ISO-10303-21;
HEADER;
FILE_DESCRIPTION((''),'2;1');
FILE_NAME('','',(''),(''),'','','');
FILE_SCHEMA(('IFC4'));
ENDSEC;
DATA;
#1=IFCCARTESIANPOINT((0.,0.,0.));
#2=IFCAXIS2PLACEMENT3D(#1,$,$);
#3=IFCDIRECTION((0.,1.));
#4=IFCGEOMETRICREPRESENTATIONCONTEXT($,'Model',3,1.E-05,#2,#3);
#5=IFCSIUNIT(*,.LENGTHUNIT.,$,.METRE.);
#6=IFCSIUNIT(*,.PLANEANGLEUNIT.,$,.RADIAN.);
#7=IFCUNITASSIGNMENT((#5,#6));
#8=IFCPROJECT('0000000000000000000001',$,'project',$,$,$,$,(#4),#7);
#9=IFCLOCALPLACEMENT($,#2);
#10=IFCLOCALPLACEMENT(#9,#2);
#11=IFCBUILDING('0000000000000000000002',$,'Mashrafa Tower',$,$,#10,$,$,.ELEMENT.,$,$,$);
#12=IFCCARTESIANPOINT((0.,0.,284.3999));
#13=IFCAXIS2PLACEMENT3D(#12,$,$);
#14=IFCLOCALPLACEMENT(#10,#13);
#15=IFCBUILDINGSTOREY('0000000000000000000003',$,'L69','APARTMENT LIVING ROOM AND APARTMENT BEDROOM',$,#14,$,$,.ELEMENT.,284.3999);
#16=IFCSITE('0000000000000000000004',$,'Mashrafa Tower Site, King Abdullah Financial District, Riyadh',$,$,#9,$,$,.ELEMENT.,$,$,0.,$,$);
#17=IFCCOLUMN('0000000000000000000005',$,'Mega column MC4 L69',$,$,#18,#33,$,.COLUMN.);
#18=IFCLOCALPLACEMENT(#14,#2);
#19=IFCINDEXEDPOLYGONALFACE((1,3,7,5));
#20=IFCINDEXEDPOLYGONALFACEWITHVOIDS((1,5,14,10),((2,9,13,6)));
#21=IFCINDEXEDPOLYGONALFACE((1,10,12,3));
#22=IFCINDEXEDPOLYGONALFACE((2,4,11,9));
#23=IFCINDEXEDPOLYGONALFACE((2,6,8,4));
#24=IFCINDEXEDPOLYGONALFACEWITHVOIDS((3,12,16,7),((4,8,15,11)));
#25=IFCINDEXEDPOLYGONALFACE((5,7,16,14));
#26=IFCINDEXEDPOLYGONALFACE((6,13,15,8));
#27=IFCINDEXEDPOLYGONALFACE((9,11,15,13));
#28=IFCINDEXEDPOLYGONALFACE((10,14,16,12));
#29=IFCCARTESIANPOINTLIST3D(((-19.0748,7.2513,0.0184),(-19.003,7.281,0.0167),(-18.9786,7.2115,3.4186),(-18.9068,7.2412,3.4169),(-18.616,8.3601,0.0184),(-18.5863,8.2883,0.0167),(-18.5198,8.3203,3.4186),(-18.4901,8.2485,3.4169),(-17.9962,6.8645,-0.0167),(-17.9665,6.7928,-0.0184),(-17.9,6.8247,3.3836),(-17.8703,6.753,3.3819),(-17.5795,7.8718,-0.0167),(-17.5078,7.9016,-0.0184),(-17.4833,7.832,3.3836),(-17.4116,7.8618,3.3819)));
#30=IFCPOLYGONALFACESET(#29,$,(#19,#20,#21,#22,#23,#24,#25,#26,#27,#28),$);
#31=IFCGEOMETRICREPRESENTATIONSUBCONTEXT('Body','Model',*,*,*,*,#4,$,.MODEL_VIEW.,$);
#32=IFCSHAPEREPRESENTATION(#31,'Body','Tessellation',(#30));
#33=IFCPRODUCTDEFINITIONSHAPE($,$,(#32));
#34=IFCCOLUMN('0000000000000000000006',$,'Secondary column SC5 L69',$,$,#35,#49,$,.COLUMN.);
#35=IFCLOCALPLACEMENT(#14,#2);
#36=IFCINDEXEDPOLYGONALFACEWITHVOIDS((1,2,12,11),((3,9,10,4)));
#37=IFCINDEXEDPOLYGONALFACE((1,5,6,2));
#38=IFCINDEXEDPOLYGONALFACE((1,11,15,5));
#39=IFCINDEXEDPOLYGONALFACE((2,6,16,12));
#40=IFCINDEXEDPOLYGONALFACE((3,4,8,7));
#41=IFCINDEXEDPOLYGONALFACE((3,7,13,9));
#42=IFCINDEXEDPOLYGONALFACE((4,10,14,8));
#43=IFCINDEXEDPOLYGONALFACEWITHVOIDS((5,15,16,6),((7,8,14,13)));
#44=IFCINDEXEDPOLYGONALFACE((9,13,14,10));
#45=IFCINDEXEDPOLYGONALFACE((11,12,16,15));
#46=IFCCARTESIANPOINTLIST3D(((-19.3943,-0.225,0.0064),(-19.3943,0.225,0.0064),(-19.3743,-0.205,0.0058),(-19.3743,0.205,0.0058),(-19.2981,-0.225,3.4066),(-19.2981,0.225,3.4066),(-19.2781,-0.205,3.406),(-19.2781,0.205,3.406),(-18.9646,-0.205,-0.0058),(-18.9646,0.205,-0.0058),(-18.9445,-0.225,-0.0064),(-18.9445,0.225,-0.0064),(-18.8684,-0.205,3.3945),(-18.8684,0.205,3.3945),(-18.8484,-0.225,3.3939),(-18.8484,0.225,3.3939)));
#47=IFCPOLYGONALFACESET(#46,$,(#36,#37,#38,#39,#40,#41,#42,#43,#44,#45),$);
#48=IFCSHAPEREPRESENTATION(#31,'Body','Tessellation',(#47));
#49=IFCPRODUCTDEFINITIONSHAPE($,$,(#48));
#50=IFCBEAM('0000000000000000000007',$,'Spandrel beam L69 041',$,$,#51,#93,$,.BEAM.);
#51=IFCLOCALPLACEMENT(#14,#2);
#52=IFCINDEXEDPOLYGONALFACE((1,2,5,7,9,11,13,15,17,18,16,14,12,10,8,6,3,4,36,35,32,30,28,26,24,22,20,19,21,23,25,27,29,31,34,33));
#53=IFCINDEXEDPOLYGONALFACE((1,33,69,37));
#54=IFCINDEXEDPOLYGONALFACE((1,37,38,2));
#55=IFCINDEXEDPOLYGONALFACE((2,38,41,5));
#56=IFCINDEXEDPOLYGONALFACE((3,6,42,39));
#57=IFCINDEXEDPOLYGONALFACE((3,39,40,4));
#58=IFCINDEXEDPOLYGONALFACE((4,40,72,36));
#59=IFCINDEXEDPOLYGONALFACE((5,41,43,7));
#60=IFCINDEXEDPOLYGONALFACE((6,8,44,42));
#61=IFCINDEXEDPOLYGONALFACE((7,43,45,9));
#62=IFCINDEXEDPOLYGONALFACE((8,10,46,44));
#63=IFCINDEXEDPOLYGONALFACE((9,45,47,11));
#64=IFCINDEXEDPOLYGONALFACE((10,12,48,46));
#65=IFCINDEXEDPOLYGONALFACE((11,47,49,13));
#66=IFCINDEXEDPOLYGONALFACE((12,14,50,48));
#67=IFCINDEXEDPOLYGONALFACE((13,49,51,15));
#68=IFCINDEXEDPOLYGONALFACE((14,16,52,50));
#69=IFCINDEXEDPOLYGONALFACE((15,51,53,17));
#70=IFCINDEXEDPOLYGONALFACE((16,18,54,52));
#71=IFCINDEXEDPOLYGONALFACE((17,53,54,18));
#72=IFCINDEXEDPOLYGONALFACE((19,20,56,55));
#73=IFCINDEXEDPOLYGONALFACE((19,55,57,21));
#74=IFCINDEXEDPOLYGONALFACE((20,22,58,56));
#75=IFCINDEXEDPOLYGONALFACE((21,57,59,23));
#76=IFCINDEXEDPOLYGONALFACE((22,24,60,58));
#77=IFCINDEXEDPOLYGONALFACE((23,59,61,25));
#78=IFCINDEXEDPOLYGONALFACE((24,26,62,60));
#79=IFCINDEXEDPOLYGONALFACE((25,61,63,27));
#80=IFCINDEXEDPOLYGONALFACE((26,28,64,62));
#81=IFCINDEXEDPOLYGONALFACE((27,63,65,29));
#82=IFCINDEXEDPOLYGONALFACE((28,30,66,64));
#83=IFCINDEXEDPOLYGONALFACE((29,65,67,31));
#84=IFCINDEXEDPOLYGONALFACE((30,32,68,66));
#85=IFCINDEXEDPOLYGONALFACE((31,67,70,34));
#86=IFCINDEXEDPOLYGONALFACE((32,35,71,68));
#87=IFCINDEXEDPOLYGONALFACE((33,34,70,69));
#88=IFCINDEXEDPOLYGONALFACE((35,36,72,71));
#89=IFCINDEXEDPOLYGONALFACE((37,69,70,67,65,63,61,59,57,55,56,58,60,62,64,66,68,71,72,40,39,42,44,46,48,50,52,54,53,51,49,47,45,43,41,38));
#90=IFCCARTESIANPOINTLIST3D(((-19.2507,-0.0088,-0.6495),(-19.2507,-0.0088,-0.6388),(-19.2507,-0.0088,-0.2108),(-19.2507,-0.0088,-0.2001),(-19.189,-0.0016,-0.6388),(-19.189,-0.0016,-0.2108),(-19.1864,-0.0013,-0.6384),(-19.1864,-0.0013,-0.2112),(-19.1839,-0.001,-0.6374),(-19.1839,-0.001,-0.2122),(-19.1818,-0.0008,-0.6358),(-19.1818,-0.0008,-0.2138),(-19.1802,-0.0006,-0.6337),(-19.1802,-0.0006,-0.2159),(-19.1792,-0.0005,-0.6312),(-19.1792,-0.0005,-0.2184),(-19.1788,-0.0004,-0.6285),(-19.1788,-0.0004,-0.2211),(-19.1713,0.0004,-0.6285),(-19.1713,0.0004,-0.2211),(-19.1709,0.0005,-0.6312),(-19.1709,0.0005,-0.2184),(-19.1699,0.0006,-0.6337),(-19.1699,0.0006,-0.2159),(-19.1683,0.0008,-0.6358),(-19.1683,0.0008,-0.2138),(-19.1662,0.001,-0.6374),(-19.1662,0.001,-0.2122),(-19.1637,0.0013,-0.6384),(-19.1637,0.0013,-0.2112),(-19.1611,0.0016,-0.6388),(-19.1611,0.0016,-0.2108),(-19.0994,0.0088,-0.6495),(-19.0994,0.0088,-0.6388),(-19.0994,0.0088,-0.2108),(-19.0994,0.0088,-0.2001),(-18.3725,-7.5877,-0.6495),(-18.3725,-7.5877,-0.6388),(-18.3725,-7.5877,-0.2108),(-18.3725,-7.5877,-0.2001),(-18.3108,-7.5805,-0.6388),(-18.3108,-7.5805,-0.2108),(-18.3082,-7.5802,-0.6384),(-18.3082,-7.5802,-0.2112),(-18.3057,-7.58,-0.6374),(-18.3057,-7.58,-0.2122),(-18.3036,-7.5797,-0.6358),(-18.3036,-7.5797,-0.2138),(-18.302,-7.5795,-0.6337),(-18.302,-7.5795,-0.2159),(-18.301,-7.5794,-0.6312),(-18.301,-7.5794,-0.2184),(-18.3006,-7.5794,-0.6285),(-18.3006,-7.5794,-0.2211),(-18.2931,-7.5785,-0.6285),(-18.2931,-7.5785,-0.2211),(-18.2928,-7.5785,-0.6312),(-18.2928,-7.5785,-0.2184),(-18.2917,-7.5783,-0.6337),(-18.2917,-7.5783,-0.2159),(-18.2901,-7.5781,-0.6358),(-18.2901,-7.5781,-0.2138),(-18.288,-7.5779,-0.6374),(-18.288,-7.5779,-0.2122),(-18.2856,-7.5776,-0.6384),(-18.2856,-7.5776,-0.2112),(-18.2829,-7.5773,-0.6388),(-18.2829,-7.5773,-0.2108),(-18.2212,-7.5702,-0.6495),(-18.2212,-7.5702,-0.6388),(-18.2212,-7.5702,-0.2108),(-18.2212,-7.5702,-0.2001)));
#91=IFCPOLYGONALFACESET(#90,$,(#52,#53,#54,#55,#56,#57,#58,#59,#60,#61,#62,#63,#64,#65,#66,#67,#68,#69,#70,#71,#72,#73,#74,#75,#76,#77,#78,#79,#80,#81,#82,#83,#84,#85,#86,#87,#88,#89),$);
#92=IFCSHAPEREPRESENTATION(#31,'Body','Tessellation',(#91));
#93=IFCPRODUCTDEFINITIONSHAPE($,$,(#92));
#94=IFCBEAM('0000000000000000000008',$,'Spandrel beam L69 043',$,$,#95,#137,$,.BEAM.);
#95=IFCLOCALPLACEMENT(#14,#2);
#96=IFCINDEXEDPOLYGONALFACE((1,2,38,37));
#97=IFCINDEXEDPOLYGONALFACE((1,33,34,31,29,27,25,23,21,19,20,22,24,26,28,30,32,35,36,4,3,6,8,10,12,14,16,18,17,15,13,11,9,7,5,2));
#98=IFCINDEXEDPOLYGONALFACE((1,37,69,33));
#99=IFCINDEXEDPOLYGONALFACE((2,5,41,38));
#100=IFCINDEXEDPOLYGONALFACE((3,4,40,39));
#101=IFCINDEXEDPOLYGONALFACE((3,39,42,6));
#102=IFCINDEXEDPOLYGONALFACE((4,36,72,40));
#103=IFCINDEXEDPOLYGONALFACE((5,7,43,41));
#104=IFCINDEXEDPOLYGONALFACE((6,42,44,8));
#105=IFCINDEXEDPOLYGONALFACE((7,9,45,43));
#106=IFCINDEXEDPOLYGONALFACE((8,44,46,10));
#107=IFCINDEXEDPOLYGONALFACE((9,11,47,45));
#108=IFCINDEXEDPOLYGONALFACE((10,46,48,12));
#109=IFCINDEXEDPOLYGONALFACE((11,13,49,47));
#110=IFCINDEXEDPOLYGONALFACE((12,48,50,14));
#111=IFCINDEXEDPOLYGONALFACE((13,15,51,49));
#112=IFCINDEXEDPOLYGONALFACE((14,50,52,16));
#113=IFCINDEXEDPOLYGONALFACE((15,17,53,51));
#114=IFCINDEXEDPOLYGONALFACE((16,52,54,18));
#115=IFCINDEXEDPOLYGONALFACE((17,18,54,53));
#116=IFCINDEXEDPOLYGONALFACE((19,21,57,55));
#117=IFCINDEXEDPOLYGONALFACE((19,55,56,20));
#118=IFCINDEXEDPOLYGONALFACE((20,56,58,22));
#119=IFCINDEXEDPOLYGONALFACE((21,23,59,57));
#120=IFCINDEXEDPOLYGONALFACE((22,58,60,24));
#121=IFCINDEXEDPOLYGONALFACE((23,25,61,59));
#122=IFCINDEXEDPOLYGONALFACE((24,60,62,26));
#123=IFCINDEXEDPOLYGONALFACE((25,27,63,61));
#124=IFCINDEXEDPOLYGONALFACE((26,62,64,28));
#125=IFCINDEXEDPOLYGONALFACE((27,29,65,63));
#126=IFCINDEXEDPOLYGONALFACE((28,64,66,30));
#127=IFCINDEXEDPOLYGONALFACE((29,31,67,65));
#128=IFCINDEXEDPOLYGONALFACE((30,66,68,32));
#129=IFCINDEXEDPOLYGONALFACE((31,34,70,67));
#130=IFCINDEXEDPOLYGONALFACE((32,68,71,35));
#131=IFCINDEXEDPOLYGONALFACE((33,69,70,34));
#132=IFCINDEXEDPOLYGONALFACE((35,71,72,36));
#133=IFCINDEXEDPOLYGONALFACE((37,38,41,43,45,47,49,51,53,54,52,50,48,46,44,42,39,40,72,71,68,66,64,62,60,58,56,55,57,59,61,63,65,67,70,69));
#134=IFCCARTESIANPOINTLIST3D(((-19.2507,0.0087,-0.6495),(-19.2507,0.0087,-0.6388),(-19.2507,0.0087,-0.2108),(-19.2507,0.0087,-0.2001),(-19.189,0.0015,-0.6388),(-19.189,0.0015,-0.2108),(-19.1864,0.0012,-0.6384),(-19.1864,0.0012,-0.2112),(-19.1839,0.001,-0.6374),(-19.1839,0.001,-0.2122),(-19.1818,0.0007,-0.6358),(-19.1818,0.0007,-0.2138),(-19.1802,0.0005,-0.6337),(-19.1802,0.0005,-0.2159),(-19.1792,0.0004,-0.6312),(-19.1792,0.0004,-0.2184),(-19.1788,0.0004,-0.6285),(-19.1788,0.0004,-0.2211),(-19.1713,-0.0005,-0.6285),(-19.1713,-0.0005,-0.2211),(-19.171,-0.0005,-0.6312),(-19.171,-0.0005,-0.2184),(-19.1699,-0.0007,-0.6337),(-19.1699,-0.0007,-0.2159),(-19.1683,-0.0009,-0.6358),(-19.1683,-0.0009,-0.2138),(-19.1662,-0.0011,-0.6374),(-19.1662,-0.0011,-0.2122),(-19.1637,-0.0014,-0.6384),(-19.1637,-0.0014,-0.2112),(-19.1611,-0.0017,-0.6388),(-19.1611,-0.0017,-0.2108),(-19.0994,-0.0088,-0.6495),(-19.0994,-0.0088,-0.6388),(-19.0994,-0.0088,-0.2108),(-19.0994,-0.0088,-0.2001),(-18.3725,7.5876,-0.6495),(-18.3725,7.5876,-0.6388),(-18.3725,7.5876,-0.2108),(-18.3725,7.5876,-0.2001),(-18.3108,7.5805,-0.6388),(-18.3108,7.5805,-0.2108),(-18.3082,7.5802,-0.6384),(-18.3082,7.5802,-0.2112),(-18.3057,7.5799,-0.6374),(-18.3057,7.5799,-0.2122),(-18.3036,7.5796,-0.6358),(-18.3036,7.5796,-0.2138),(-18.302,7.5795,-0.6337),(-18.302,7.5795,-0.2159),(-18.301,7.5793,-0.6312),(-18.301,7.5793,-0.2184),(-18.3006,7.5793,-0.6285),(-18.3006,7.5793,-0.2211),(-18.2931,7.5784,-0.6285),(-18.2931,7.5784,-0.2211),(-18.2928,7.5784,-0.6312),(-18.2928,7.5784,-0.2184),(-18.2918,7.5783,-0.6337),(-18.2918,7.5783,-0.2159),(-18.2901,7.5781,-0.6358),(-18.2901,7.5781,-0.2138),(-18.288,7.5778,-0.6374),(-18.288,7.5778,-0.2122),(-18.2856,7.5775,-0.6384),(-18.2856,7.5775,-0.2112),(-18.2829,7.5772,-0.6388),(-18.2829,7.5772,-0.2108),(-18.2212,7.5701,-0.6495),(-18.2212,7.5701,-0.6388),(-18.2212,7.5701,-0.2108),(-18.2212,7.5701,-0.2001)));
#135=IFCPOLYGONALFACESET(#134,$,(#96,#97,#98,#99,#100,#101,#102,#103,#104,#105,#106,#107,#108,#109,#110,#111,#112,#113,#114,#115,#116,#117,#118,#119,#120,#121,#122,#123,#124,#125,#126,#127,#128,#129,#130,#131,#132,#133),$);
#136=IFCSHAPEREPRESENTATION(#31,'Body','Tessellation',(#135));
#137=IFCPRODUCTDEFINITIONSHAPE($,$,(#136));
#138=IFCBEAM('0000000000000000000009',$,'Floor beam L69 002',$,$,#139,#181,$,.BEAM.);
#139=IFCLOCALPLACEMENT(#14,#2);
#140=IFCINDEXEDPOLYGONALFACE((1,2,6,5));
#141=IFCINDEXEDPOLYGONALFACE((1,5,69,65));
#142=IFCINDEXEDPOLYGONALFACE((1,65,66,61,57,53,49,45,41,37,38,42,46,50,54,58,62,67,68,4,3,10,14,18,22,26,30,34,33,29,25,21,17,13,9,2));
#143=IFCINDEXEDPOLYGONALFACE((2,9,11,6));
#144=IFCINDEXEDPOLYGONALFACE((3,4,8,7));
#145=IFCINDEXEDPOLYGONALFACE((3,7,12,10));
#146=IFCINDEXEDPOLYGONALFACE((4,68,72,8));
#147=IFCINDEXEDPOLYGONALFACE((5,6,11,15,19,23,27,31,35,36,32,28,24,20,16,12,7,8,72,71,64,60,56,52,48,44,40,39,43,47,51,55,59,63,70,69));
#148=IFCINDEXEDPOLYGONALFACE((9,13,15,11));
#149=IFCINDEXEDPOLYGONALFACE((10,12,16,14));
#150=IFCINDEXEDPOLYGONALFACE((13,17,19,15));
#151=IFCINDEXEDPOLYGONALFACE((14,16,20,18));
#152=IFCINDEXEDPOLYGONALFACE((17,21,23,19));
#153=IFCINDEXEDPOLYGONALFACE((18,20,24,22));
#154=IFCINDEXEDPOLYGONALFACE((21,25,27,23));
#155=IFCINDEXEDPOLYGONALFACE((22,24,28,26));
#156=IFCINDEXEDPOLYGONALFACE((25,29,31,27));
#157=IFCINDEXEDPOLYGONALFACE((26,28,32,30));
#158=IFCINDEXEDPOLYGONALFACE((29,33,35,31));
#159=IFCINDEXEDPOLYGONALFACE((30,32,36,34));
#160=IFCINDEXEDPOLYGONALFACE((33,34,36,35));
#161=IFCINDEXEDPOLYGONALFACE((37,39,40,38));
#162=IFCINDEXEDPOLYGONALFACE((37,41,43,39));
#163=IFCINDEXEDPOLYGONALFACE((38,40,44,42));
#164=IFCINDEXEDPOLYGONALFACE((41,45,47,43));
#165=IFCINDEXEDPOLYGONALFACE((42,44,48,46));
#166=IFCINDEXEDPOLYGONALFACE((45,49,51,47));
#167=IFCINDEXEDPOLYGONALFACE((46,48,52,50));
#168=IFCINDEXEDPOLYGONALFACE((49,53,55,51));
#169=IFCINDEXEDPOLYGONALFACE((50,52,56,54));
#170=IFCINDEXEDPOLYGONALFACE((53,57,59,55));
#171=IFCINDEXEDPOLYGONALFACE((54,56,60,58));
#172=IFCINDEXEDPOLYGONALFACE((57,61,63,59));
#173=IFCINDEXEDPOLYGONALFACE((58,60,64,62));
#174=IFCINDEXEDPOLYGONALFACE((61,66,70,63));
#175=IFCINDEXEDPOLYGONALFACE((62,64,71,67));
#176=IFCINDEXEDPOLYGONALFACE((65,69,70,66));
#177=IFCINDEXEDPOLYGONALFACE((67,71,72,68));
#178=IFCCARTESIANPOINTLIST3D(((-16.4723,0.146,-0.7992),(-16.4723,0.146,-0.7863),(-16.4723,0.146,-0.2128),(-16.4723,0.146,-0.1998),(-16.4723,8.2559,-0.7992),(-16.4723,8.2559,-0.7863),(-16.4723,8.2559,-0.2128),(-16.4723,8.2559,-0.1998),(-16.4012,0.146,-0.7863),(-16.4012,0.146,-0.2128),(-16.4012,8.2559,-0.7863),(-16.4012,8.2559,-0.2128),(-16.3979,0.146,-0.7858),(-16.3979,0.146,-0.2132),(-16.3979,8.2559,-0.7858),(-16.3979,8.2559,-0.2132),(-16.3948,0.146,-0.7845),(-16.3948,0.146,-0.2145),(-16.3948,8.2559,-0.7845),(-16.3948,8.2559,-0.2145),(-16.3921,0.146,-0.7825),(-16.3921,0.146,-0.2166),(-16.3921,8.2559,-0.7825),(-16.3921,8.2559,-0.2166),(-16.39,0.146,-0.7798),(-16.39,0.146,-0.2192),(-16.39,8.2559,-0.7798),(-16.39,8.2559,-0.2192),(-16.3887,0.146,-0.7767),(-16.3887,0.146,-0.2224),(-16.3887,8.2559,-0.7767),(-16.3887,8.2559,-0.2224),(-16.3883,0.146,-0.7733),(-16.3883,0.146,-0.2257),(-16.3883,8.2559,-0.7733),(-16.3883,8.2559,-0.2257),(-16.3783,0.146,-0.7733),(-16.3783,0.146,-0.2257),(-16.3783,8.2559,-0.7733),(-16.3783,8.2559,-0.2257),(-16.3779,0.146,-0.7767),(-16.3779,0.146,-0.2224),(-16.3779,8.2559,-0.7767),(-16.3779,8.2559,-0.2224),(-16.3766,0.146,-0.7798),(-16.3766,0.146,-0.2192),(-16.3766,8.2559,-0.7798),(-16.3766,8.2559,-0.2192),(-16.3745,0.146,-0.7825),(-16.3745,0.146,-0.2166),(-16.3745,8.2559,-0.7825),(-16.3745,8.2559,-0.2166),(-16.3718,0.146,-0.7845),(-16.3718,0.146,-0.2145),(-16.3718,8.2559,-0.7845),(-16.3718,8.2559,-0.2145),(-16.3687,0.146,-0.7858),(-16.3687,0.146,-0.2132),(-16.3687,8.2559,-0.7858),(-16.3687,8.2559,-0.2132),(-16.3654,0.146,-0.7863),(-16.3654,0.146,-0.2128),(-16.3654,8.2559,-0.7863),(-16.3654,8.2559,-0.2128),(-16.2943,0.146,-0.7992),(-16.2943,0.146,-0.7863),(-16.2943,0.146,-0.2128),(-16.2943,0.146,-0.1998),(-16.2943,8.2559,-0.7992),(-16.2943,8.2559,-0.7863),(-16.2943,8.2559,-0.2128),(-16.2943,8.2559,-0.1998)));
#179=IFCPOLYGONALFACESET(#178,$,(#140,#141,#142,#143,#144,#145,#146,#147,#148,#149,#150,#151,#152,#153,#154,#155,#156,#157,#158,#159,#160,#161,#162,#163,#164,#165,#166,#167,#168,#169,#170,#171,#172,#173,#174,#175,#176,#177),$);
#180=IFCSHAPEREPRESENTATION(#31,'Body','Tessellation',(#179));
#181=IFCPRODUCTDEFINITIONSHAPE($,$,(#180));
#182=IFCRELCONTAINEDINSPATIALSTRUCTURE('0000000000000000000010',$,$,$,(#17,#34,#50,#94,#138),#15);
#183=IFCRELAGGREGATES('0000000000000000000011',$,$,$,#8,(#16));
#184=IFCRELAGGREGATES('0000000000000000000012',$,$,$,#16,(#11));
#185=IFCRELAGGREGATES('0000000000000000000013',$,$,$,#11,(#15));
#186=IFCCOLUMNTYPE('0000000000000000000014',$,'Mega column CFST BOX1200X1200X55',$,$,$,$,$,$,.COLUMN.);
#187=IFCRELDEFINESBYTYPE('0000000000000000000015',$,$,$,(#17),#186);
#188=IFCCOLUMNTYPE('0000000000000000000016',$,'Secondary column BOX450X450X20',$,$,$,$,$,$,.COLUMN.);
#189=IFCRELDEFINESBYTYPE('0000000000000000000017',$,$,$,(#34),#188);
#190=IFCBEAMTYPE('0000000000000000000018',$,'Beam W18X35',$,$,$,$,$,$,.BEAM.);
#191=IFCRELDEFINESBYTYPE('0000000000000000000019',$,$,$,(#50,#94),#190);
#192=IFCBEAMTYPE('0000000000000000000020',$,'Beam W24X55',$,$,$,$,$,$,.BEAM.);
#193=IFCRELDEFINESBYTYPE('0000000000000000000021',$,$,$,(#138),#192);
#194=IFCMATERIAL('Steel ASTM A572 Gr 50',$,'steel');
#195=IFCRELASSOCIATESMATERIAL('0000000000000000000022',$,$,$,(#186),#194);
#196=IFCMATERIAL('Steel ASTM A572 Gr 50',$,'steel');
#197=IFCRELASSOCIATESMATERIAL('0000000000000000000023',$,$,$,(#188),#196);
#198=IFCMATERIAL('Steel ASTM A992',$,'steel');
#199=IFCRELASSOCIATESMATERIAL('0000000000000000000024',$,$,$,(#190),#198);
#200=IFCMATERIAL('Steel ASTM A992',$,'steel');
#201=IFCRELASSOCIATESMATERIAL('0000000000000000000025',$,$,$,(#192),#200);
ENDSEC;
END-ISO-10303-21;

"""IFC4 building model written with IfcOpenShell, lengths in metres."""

from ifc_helpers import new_model, si_unit, direction, frame, origin, origin_2d, place, context, subcontext, project, spatial, hollow_rectangle, i_section, extrude, material, material_profile, profile_set, type_object, element, save


model = new_model("IFC4")

# Units and contexts
model_context = context("Model", 3, precision=1e-05, world=origin(), true_north=direction((0.0, 1.0)))
body_context = subcontext(model_context, "Body", "Model", "MODEL_VIEW")
ifc_project = project(units=[si_unit("LENGTHUNIT", "METRE"), si_unit("PLANEANGLEUNIT", "RADIAN")], contexts=[model_context])

# Site, building, storey
site_placement = place(None, origin())
site = spatial("IfcSite", under=ifc_project, at=site_placement, Name="Mashrafa Tower Site, King Abdullah Financial District, Riyadh", CompositionType="ELEMENT", RefElevation=0.0)
building_placement = place(site_placement, origin())
building = spatial("IfcBuilding", under=site, at=building_placement, Name="Mashrafa Tower", CompositionType="ELEMENT")
storey_placement = place(building_placement, frame((0.0, 0.0, 284.3999)))
storey = spatial("IfcBuildingStorey", under=building, at=storey_placement, Name="L69", Description="APARTMENT LIVING ROOM AND APARTMENT BEDROOM", CompositionType="ELEMENT", Elevation=284.3999)

# Columns
ifc_material_1 = material(Name="Steel ASTM A572 Gr 50", Category="steel")
ifc_material_profile_1 = material_profile(ifc_material_1, hollow_rectangle(XDim=1.2, YDim=1.2, WallThickness=0.0549, at=origin_2d()), Name="BOX1200X1200X55")
ifc_profile_set_1 = profile_set([ifc_material_profile_1], Name="Steel ASTM A572 Gr 50")
column_type_1 = type_object("IfcColumnType", Name="Mega column CFST BOX1200X1200X55", PredefinedType="COLUMN", material=ifc_profile_set_1)
column_1_placement = place(storey_placement, frame((-18.2913, 7.5764, 0.0), z_axis=(0.028277, -0.011698, 0.999532), x_axis=(0.382283, 0.924045, 0.0)))
element("IfcColumn", 1, at=column_1_placement, inside=storey, type_object=column_type_1, Name="Mega column MC4 L69", PredefinedType="COLUMN", context=body_context, shape_type="SweptSolid", body=[
    extrude(hollow_rectangle(XDim=1.2, YDim=1.2, WallThickness=0.0549, at=origin_2d()), origin(), (0.0, 0.0, 1.0), 3.4019),
])
ifc_material_2 = material(Name="Steel ASTM A572 Gr 50", Category="steel")
ifc_material_profile_2 = material_profile(ifc_material_2, hollow_rectangle(XDim=0.45, YDim=0.45, WallThickness=0.02, at=origin_2d()), Name="BOX450X450X20")
ifc_profile_set_2 = profile_set([ifc_material_profile_2], Name="Steel ASTM A572 Gr 50")
column_type_2 = type_object("IfcColumnType", Name="Secondary column BOX450X450X20", PredefinedType="COLUMN", material=ifc_profile_set_2)
column_2_placement = place(storey_placement, frame((-19.1694, 0.0, 0.0), z_axis=(0.028279, 0.0, 0.9996), x_axis=(0.0, 1.0, 0.0)))
element("IfcColumn", 2, at=column_2_placement, inside=storey, type_object=column_type_2, Name="Secondary column SC5 L69", PredefinedType="COLUMN", context=body_context, shape_type="SweptSolid", body=[
    extrude(hollow_rectangle(XDim=0.45, YDim=0.45, WallThickness=0.02, at=origin_2d()), origin(), (0.0, 0.0, 1.0), 3.4016),
])

# Beams
ifc_material_3 = material(Name="Steel ASTM A992", Category="steel")
ifc_material_profile_3 = material_profile(ifc_material_3, i_section(OverallWidth=0.1523, OverallDepth=0.4495, WebThickness=0.0076, FlangeThickness=0.0107, FilletRadius=0.0103, at=origin_2d()), Name="W18X35")
ifc_profile_set_3 = profile_set([ifc_material_profile_3], Name="Steel ASTM A992")
beam_type_1 = type_object("IfcBeamType", Name="Beam W18X35", PredefinedType="BEAM", material=ifc_profile_set_3)
for number, where, z_axis, x_axis, name in (
    (3, (-19.175, 0.0, -0.4248), (0.115101, -0.993354, 0.0), (0.993354, 0.115101, 0.0), "Spandrel beam L69 041"),
    (4, (-18.2969, 7.5789, -0.4248), (-0.115101, -0.993354, 0.0), (0.993354, -0.115101, 0.0), "Spandrel beam L69 043"),
):
    element("IfcBeam", number, at=place(storey_placement, frame(where, z_axis=z_axis, x_axis=x_axis)), inside=storey, type_object=beam_type_1, Name=name, PredefinedType="BEAM", context=body_context, shape_type="SweptSolid", body=[
        extrude(i_section(OverallWidth=0.1523, OverallDepth=0.4495, WebThickness=0.0076, FlangeThickness=0.0107, FilletRadius=0.0103, at=origin_2d()), origin(), (0.0, 0.0, 1.0), 7.6296),
    ])
ifc_material_4 = material(Name="Steel ASTM A992", Category="steel")
ifc_material_profile_4 = material_profile(ifc_material_4, i_section(OverallWidth=0.178, OverallDepth=0.5994, WebThickness=0.01, FlangeThickness=0.0129, FilletRadius=0.0129, at=origin_2d()), Name="W24X55")
ifc_profile_set_4 = profile_set([ifc_material_profile_4], Name="Steel ASTM A992")
beam_type_2 = type_object("IfcBeamType", Name="Beam W24X55", PredefinedType="BEAM", material=ifc_profile_set_4)
beam_placement = place(storey_placement, frame((-16.3833, 0.146, -0.4995), z_axis=(0.0, 1.0, 0.0), x_axis=(-1.0, 0.0, 0.0)))
element("IfcBeam", 5, at=beam_placement, inside=storey, type_object=beam_type_2, Name="Floor beam L69 002", PredefinedType="BEAM", context=body_context, shape_type="SweptSolid", body=[
    extrude(i_section(OverallWidth=0.178, OverallDepth=0.5994, WebThickness=0.01, FlangeThickness=0.0129, FilletRadius=0.0129, at=origin_2d()), origin(), (0.0, 0.0, 1.0), 8.1099),
])

save(model, "model.ifc")
